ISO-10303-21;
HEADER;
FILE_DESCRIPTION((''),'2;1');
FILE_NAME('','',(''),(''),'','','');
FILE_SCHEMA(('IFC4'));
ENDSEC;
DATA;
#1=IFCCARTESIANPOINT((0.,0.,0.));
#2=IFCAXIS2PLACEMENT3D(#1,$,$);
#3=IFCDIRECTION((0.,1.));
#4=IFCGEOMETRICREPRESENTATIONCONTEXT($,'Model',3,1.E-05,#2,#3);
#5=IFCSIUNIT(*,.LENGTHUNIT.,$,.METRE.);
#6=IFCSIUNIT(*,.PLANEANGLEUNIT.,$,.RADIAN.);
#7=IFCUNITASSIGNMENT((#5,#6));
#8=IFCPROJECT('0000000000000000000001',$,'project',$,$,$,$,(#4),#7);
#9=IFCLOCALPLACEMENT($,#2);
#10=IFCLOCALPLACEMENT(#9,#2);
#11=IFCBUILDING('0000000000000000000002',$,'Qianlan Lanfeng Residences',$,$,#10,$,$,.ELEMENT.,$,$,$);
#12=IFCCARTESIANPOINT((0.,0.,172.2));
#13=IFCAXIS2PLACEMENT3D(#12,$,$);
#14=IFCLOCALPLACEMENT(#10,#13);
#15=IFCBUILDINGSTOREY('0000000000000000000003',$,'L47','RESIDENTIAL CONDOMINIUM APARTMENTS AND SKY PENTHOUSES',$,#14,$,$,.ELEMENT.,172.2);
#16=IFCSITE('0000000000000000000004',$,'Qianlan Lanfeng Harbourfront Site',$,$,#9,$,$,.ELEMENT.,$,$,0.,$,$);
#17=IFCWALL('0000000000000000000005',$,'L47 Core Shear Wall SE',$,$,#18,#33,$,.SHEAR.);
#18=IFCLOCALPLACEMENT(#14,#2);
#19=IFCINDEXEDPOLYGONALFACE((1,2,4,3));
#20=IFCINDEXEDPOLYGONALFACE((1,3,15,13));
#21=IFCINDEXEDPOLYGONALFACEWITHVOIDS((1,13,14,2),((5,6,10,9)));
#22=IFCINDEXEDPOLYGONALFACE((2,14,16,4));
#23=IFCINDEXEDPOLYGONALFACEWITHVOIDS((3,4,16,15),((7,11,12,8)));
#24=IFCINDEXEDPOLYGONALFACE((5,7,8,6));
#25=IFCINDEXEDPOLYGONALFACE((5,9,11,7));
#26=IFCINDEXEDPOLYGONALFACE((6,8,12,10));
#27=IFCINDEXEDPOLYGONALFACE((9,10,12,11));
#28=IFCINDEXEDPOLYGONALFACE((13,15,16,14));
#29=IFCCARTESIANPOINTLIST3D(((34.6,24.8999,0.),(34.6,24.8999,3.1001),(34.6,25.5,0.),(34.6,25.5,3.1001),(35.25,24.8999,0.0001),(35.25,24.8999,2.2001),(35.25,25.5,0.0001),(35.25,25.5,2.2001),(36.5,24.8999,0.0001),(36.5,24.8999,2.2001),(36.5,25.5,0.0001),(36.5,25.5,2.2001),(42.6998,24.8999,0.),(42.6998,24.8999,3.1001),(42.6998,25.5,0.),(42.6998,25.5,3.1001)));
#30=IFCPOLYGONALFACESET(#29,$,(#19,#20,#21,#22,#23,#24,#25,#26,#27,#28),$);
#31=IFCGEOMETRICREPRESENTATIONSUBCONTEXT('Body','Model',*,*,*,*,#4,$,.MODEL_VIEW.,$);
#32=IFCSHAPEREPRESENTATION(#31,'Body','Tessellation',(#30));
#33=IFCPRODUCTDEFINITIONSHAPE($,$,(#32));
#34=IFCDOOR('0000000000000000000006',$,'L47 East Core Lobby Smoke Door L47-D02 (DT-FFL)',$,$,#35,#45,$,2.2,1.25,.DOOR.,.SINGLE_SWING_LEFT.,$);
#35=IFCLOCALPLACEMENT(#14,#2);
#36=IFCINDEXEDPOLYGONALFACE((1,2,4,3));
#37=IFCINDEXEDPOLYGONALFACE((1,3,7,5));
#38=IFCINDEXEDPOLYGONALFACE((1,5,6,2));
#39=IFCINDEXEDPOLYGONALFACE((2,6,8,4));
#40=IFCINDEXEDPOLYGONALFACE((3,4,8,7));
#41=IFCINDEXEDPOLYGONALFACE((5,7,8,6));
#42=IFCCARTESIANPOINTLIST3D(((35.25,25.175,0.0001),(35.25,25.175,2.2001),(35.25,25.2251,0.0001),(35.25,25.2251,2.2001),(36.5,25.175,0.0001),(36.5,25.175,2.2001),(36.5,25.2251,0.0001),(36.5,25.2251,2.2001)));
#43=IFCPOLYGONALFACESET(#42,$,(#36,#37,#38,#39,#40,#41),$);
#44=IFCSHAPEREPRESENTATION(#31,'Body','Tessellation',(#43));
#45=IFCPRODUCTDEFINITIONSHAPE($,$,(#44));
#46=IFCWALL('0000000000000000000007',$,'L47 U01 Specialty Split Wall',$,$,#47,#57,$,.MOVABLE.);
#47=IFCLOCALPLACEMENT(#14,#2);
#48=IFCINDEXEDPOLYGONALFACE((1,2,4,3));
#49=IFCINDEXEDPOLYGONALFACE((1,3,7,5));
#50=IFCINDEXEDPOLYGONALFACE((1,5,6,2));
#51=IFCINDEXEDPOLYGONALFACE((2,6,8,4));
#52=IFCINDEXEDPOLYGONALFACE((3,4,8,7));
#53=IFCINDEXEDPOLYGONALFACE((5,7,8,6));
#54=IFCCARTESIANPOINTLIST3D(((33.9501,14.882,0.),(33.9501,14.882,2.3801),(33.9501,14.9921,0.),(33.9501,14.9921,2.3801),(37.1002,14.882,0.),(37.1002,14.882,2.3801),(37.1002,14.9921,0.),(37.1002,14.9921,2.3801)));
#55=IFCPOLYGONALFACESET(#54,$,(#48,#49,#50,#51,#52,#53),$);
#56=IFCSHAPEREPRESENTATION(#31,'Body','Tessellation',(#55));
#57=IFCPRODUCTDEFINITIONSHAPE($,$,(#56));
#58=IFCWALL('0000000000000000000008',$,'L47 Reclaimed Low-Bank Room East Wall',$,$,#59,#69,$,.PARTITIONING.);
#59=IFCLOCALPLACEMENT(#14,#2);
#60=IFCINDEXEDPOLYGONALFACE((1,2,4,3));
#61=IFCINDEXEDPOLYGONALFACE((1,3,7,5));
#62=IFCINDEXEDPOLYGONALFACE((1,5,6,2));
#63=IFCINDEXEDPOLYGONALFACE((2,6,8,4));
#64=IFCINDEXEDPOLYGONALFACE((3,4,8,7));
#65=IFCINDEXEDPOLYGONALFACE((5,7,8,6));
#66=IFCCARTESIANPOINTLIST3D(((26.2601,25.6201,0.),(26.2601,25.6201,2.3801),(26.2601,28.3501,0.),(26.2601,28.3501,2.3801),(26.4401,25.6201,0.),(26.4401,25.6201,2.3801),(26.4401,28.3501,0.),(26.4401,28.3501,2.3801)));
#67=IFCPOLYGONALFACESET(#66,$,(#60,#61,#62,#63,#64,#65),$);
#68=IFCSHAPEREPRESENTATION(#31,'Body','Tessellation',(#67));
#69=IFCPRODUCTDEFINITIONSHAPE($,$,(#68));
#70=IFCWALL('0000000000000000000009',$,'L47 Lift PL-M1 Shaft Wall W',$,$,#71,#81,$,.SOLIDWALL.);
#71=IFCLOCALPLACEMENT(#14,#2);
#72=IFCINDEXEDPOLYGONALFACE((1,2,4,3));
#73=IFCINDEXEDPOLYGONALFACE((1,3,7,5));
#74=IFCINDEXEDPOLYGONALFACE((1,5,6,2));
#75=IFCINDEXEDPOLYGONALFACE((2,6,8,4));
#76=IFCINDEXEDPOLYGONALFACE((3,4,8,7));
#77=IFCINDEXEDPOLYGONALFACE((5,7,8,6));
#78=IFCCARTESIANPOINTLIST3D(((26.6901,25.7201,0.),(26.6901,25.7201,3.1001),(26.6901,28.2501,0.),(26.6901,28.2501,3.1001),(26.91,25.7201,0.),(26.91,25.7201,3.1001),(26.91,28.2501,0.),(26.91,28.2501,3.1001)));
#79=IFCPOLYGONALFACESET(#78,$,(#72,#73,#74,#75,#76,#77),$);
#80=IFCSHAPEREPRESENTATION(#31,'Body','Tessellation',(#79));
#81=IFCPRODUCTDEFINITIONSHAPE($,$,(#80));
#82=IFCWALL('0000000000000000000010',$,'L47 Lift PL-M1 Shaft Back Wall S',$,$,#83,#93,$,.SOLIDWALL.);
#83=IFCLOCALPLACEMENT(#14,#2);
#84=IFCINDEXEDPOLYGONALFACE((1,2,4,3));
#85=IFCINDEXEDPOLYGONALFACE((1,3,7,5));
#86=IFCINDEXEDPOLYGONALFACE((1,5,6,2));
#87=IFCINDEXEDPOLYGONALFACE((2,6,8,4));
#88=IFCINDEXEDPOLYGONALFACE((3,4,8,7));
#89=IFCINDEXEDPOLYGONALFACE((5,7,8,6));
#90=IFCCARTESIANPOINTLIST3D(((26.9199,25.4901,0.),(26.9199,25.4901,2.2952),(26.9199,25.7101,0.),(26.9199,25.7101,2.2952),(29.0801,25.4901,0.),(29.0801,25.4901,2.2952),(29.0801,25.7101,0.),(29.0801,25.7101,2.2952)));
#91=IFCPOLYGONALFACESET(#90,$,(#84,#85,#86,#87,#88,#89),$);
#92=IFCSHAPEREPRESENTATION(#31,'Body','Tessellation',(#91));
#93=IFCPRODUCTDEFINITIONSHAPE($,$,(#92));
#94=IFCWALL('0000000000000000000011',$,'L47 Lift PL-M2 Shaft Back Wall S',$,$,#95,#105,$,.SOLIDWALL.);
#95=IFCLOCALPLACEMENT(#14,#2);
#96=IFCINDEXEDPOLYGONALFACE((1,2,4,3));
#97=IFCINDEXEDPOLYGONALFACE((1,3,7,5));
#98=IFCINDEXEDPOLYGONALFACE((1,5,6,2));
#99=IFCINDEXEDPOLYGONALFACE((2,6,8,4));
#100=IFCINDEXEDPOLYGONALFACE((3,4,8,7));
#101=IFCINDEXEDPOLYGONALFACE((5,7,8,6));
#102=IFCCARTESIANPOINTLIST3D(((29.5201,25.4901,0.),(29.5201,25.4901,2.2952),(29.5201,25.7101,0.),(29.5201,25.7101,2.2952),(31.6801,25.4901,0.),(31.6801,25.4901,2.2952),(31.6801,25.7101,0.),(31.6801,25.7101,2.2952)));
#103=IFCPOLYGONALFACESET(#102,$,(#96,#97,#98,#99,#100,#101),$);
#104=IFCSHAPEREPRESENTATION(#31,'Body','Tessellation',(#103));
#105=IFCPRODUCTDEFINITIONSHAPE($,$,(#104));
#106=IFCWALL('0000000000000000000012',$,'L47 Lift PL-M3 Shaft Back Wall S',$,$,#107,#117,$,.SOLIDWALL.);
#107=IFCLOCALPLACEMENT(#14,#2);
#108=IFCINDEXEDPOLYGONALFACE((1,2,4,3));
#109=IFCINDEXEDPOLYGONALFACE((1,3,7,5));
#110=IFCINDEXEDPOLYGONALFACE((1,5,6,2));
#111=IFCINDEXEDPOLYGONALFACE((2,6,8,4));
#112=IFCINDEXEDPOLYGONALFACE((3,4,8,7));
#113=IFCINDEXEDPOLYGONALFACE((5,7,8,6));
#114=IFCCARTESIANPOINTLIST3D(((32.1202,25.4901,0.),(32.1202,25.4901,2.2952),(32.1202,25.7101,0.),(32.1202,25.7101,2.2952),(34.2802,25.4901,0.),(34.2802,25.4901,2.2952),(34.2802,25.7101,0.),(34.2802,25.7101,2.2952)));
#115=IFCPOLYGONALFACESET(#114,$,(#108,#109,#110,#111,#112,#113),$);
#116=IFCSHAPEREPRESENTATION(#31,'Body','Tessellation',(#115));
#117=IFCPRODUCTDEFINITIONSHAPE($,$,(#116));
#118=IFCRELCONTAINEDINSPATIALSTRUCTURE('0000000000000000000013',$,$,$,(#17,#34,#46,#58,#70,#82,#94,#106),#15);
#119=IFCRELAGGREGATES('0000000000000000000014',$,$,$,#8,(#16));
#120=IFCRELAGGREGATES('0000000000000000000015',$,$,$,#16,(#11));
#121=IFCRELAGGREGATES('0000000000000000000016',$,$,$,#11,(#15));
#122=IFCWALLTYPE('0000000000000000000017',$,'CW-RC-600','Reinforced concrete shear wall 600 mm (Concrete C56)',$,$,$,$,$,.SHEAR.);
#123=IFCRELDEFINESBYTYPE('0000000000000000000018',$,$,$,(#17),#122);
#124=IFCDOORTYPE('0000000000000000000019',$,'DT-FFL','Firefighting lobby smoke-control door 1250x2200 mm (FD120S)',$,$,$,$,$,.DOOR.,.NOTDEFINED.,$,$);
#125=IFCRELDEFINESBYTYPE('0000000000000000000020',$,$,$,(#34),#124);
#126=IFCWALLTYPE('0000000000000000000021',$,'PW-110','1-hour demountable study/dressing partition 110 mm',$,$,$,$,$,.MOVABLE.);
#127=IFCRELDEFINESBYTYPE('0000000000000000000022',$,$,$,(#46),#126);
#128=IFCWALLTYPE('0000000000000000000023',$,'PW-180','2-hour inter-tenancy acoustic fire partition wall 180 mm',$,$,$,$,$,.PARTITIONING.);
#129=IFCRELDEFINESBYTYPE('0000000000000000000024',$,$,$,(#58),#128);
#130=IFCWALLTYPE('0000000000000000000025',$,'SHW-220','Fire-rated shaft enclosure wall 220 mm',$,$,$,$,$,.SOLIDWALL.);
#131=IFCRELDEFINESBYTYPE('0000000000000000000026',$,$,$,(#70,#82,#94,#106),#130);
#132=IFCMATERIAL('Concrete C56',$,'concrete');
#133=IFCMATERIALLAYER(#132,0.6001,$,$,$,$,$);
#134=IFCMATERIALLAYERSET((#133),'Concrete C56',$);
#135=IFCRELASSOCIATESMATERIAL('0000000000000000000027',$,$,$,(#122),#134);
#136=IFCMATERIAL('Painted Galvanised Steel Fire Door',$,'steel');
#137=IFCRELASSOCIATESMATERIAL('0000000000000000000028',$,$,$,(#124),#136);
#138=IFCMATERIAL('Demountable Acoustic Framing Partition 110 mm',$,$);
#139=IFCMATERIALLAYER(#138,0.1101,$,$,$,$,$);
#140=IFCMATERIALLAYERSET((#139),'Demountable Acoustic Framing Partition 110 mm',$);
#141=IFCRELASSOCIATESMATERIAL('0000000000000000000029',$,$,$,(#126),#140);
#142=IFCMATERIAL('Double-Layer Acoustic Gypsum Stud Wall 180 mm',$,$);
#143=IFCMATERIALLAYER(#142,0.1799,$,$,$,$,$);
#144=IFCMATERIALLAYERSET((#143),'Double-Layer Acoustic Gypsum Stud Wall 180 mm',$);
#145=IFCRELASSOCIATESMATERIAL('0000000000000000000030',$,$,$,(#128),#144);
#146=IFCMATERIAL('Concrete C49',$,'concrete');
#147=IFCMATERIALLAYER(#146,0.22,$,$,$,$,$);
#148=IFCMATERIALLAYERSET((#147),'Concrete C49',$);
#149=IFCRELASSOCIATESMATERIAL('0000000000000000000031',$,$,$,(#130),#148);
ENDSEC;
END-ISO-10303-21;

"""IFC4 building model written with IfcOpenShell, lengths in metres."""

from ifc_helpers import new_model, si_unit, direction, frame, frame_2d, origin, place, context, subcontext, project, spatial, rectangle, extrude, material, layer, layer_set, type_object, element, fill, save


model = new_model("IFC4")

# Units and contexts
model_context = context("Model", 3, precision=1e-05, world=origin(), true_north=direction((0.0, 1.0)))
body_context = subcontext(model_context, "Body", "Model", "MODEL_VIEW")
ifc_project = project(units=[si_unit("LENGTHUNIT", "METRE"), si_unit("PLANEANGLEUNIT", "RADIAN")], contexts=[model_context])

# Site, building, storey
site_placement = place(None, origin())
site = spatial("IfcSite", under=ifc_project, at=site_placement, Name="Qianlan Lanfeng Harbourfront Site", CompositionType="ELEMENT", RefElevation=0.0)
building_placement = place(site_placement, origin())
building = spatial("IfcBuilding", under=site, at=building_placement, Name="Qianlan Lanfeng Residences", CompositionType="ELEMENT")
storey_placement = place(building_placement, frame((0.0, 0.0, 172.2)))
storey = spatial("IfcBuildingStorey", under=building, at=storey_placement, Name="L47", Description="RESIDENTIAL CONDOMINIUM APARTMENTS AND SKY PENTHOUSES", CompositionType="ELEMENT", Elevation=172.2)

# Shared definitions
ifc_material_1 = material(Name="Concrete C49", Category="concrete")

# Wall, opening, door
ifc_material_2 = material(Name="Concrete C56", Category="concrete")
ifc_layer_1 = layer(ifc_material_2, 0.6001)
ifc_layer_set_1 = layer_set([ifc_layer_1], Name="Concrete C56")
wall_type_1 = type_object("IfcWallType", Name="CW-RC-600", Description="Reinforced concrete shear wall 600 mm (Concrete C56)", PredefinedType="SHEAR", material=ifc_layer_set_1)
wall_1_placement = place(storey_placement, frame((34.6001, 25.2, 0.0), z_axis=(0.0, 0.0, 1.0), x_axis=(1.0, 0.0, 0.0)))
wall_1 = element("IfcWall", 1, at=wall_1_placement, inside=storey, type_object=wall_type_1, Name="L47 Core Shear Wall SE", PredefinedType="SHEAR", context=body_context, shape_type="SweptSolid", body=[
    extrude(rectangle(XDim=8.0999, YDim=0.6001, at=frame_2d((4.0498, 0.0))), origin(), (0.0, 0.0, 1.0), 3.1001),
])
opening_1_placement = place(wall_1_placement, frame((0.6499, 0.0, 0.0)))
opening_1 = element("IfcOpeningElement", 2, at=opening_1_placement, cuts=wall_1, PredefinedType="OPENING", context=body_context, shape_type="SweptSolid", body=[
    extrude(rectangle(XDim=1.25, YDim=2.2, at=frame_2d((0.625, 1.1001))), frame((0.0, 0.3101, 0.0), z_axis=(0.0, -1.0, 0.0), x_axis=(1.0, 0.0, 0.0)), (0.0, 0.0, 1.0), 0.6201),
])
ifc_material_3 = material(Name="Painted Galvanised Steel Fire Door", Category="steel")
door_type_1 = type_object("IfcDoorType", Name="DT-FFL", Description="Firefighting lobby smoke-control door 1250x2200 mm (FD120S)", OperationType="NOTDEFINED", PredefinedType="DOOR", material=ifc_material_3)
door_1_placement = place(opening_1_placement, frame((1.25, 0.0, 0.0), z_axis=(0.0, 0.0, 1.0), x_axis=(-1.0, 0.0, 0.0)))
door_1 = element("IfcDoor", 3, at=door_1_placement, inside=storey, type_object=door_type_1, Name="L47 East Core Lobby Smoke Door L47-D02 (DT-FFL)", OperationType="SINGLE_SWING_LEFT", OverallHeight=2.2, OverallWidth=1.25, PredefinedType="DOOR", context=body_context, shape_type="SweptSolid", body=[
    extrude(rectangle(XDim=1.25, YDim=2.2, at=frame_2d((0.625, 1.1001))), frame((0.0, 0.0249, 0.0), z_axis=(0.0, -1.0, 0.0), x_axis=(1.0, 0.0, 0.0)), (0.0, 0.0, 1.0), 0.05),
])
fill(opening_1, door_1)
ifc_material_4 = material(Name="Demountable Acoustic Framing Partition 110 mm")
ifc_layer_2 = layer(ifc_material_4, 0.1101)
ifc_layer_set_2 = layer_set([ifc_layer_2], Name="Demountable Acoustic Framing Partition 110 mm")
wall_type_2 = type_object("IfcWallType", Name="PW-110", Description="1-hour demountable study/dressing partition 110 mm", PredefinedType="MOVABLE", material=ifc_layer_set_2)

# Wall
wall_2_placement = place(storey_placement, frame((33.95, 14.937, 0.0), z_axis=(0.0, 0.0, 1.0), x_axis=(1.0, 0.0, 0.0)))
element("IfcWall", 4, at=wall_2_placement, inside=storey, type_object=wall_type_2, Name="L47 U01 Specialty Split Wall", PredefinedType="MOVABLE", context=body_context, shape_type="SweptSolid", body=[
    extrude(rectangle(XDim=3.1501, YDim=0.1101, at=frame_2d((1.5752, 0.0))), origin(), (0.0, 0.0, 1.0), 2.3801),
])

# Shared definitions
ifc_material_5 = material(Name="Double-Layer Acoustic Gypsum Stud Wall 180 mm")
ifc_layer_3 = layer(ifc_material_5, 0.1799)
ifc_layer_set_3 = layer_set([ifc_layer_3], Name="Double-Layer Acoustic Gypsum Stud Wall 180 mm")
wall_type_3 = type_object("IfcWallType", Name="PW-180", Description="2-hour inter-tenancy acoustic fire partition wall 180 mm", PredefinedType="PARTITIONING", material=ifc_layer_set_3)

# Walls
wall_3_placement = place(storey_placement, frame((26.3501, 25.6201, 0.0), z_axis=(0.0, 0.0, 1.0), x_axis=(0.0, 1.0, 0.0)))
element("IfcWall", 5, at=wall_3_placement, inside=storey, type_object=wall_type_3, Name="L47 Reclaimed Low-Bank Room East Wall", PredefinedType="PARTITIONING", context=body_context, shape_type="SweptSolid", body=[
    extrude(rectangle(XDim=2.73, YDim=0.1799, at=frame_2d((1.365, 0.0))), origin(), (0.0, 0.0, 1.0), 2.3801),
])
ifc_layer_4 = layer(ifc_material_1, 0.22)
ifc_layer_set_4 = layer_set([ifc_layer_4], Name="Concrete C49")
wall_type_4 = type_object("IfcWallType", Name="SHW-220", Description="Fire-rated shaft enclosure wall 220 mm", PredefinedType="SOLIDWALL", material=ifc_layer_set_4)
wall_4_placement = place(storey_placement, frame((26.8, 25.72, 0.0), z_axis=(0.0, 0.0, 1.0), x_axis=(0.0, 1.0, 0.0)))
element("IfcWall", 6, at=wall_4_placement, inside=storey, type_object=wall_type_4, Name="L47 Lift PL-M1 Shaft Wall W", PredefinedType="SOLIDWALL", context=body_context, shape_type="SweptSolid", body=[
    extrude(rectangle(XDim=2.53, YDim=0.22, at=frame_2d((1.2651, 0.0))), origin(), (0.0, 0.0, 1.0), 3.1001),
])
wall_5_placement = place(storey_placement, frame((26.9199, 25.6001, 0.0), z_axis=(0.0, 0.0, 1.0), x_axis=(1.0, 0.0, 0.0)))
element("IfcWall", 7, at=wall_5_placement, inside=storey, type_object=wall_type_4, Name="L47 Lift PL-M1 Shaft Back Wall S", PredefinedType="SOLIDWALL", context=body_context, shape_type="SweptSolid", body=[
    extrude(rectangle(XDim=2.1602, YDim=0.22, at=frame_2d((1.0801, 0.0))), origin(), (0.0, 0.0, 1.0), 2.2952),
])
for number, where, z_axis, x_axis, name in (
    (8, (29.52, 25.6001, 0.0), (0.0, 0.0, 1.0), (1.0, 0.0, 0.0), "L47 Lift PL-M2 Shaft Back Wall S"),
    (9, (32.1201, 25.6001, 0.0), (0.0, 0.0, 1.0), (1.0, 0.0, 0.0), "L47 Lift PL-M3 Shaft Back Wall S"),
):
    element("IfcWall", number, at=place(storey_placement, frame(where, z_axis=z_axis, x_axis=x_axis)), inside=storey, type_object=wall_type_4, Name=name, PredefinedType="SOLIDWALL", context=body_context, shape_type="SweptSolid", body=[
        extrude(rectangle(XDim=2.1599, YDim=0.22, at=frame_2d((1.0801, 0.0))), origin(), (0.0, 0.0, 1.0), 2.2952),
    ])

save(model, "model.ifc")
